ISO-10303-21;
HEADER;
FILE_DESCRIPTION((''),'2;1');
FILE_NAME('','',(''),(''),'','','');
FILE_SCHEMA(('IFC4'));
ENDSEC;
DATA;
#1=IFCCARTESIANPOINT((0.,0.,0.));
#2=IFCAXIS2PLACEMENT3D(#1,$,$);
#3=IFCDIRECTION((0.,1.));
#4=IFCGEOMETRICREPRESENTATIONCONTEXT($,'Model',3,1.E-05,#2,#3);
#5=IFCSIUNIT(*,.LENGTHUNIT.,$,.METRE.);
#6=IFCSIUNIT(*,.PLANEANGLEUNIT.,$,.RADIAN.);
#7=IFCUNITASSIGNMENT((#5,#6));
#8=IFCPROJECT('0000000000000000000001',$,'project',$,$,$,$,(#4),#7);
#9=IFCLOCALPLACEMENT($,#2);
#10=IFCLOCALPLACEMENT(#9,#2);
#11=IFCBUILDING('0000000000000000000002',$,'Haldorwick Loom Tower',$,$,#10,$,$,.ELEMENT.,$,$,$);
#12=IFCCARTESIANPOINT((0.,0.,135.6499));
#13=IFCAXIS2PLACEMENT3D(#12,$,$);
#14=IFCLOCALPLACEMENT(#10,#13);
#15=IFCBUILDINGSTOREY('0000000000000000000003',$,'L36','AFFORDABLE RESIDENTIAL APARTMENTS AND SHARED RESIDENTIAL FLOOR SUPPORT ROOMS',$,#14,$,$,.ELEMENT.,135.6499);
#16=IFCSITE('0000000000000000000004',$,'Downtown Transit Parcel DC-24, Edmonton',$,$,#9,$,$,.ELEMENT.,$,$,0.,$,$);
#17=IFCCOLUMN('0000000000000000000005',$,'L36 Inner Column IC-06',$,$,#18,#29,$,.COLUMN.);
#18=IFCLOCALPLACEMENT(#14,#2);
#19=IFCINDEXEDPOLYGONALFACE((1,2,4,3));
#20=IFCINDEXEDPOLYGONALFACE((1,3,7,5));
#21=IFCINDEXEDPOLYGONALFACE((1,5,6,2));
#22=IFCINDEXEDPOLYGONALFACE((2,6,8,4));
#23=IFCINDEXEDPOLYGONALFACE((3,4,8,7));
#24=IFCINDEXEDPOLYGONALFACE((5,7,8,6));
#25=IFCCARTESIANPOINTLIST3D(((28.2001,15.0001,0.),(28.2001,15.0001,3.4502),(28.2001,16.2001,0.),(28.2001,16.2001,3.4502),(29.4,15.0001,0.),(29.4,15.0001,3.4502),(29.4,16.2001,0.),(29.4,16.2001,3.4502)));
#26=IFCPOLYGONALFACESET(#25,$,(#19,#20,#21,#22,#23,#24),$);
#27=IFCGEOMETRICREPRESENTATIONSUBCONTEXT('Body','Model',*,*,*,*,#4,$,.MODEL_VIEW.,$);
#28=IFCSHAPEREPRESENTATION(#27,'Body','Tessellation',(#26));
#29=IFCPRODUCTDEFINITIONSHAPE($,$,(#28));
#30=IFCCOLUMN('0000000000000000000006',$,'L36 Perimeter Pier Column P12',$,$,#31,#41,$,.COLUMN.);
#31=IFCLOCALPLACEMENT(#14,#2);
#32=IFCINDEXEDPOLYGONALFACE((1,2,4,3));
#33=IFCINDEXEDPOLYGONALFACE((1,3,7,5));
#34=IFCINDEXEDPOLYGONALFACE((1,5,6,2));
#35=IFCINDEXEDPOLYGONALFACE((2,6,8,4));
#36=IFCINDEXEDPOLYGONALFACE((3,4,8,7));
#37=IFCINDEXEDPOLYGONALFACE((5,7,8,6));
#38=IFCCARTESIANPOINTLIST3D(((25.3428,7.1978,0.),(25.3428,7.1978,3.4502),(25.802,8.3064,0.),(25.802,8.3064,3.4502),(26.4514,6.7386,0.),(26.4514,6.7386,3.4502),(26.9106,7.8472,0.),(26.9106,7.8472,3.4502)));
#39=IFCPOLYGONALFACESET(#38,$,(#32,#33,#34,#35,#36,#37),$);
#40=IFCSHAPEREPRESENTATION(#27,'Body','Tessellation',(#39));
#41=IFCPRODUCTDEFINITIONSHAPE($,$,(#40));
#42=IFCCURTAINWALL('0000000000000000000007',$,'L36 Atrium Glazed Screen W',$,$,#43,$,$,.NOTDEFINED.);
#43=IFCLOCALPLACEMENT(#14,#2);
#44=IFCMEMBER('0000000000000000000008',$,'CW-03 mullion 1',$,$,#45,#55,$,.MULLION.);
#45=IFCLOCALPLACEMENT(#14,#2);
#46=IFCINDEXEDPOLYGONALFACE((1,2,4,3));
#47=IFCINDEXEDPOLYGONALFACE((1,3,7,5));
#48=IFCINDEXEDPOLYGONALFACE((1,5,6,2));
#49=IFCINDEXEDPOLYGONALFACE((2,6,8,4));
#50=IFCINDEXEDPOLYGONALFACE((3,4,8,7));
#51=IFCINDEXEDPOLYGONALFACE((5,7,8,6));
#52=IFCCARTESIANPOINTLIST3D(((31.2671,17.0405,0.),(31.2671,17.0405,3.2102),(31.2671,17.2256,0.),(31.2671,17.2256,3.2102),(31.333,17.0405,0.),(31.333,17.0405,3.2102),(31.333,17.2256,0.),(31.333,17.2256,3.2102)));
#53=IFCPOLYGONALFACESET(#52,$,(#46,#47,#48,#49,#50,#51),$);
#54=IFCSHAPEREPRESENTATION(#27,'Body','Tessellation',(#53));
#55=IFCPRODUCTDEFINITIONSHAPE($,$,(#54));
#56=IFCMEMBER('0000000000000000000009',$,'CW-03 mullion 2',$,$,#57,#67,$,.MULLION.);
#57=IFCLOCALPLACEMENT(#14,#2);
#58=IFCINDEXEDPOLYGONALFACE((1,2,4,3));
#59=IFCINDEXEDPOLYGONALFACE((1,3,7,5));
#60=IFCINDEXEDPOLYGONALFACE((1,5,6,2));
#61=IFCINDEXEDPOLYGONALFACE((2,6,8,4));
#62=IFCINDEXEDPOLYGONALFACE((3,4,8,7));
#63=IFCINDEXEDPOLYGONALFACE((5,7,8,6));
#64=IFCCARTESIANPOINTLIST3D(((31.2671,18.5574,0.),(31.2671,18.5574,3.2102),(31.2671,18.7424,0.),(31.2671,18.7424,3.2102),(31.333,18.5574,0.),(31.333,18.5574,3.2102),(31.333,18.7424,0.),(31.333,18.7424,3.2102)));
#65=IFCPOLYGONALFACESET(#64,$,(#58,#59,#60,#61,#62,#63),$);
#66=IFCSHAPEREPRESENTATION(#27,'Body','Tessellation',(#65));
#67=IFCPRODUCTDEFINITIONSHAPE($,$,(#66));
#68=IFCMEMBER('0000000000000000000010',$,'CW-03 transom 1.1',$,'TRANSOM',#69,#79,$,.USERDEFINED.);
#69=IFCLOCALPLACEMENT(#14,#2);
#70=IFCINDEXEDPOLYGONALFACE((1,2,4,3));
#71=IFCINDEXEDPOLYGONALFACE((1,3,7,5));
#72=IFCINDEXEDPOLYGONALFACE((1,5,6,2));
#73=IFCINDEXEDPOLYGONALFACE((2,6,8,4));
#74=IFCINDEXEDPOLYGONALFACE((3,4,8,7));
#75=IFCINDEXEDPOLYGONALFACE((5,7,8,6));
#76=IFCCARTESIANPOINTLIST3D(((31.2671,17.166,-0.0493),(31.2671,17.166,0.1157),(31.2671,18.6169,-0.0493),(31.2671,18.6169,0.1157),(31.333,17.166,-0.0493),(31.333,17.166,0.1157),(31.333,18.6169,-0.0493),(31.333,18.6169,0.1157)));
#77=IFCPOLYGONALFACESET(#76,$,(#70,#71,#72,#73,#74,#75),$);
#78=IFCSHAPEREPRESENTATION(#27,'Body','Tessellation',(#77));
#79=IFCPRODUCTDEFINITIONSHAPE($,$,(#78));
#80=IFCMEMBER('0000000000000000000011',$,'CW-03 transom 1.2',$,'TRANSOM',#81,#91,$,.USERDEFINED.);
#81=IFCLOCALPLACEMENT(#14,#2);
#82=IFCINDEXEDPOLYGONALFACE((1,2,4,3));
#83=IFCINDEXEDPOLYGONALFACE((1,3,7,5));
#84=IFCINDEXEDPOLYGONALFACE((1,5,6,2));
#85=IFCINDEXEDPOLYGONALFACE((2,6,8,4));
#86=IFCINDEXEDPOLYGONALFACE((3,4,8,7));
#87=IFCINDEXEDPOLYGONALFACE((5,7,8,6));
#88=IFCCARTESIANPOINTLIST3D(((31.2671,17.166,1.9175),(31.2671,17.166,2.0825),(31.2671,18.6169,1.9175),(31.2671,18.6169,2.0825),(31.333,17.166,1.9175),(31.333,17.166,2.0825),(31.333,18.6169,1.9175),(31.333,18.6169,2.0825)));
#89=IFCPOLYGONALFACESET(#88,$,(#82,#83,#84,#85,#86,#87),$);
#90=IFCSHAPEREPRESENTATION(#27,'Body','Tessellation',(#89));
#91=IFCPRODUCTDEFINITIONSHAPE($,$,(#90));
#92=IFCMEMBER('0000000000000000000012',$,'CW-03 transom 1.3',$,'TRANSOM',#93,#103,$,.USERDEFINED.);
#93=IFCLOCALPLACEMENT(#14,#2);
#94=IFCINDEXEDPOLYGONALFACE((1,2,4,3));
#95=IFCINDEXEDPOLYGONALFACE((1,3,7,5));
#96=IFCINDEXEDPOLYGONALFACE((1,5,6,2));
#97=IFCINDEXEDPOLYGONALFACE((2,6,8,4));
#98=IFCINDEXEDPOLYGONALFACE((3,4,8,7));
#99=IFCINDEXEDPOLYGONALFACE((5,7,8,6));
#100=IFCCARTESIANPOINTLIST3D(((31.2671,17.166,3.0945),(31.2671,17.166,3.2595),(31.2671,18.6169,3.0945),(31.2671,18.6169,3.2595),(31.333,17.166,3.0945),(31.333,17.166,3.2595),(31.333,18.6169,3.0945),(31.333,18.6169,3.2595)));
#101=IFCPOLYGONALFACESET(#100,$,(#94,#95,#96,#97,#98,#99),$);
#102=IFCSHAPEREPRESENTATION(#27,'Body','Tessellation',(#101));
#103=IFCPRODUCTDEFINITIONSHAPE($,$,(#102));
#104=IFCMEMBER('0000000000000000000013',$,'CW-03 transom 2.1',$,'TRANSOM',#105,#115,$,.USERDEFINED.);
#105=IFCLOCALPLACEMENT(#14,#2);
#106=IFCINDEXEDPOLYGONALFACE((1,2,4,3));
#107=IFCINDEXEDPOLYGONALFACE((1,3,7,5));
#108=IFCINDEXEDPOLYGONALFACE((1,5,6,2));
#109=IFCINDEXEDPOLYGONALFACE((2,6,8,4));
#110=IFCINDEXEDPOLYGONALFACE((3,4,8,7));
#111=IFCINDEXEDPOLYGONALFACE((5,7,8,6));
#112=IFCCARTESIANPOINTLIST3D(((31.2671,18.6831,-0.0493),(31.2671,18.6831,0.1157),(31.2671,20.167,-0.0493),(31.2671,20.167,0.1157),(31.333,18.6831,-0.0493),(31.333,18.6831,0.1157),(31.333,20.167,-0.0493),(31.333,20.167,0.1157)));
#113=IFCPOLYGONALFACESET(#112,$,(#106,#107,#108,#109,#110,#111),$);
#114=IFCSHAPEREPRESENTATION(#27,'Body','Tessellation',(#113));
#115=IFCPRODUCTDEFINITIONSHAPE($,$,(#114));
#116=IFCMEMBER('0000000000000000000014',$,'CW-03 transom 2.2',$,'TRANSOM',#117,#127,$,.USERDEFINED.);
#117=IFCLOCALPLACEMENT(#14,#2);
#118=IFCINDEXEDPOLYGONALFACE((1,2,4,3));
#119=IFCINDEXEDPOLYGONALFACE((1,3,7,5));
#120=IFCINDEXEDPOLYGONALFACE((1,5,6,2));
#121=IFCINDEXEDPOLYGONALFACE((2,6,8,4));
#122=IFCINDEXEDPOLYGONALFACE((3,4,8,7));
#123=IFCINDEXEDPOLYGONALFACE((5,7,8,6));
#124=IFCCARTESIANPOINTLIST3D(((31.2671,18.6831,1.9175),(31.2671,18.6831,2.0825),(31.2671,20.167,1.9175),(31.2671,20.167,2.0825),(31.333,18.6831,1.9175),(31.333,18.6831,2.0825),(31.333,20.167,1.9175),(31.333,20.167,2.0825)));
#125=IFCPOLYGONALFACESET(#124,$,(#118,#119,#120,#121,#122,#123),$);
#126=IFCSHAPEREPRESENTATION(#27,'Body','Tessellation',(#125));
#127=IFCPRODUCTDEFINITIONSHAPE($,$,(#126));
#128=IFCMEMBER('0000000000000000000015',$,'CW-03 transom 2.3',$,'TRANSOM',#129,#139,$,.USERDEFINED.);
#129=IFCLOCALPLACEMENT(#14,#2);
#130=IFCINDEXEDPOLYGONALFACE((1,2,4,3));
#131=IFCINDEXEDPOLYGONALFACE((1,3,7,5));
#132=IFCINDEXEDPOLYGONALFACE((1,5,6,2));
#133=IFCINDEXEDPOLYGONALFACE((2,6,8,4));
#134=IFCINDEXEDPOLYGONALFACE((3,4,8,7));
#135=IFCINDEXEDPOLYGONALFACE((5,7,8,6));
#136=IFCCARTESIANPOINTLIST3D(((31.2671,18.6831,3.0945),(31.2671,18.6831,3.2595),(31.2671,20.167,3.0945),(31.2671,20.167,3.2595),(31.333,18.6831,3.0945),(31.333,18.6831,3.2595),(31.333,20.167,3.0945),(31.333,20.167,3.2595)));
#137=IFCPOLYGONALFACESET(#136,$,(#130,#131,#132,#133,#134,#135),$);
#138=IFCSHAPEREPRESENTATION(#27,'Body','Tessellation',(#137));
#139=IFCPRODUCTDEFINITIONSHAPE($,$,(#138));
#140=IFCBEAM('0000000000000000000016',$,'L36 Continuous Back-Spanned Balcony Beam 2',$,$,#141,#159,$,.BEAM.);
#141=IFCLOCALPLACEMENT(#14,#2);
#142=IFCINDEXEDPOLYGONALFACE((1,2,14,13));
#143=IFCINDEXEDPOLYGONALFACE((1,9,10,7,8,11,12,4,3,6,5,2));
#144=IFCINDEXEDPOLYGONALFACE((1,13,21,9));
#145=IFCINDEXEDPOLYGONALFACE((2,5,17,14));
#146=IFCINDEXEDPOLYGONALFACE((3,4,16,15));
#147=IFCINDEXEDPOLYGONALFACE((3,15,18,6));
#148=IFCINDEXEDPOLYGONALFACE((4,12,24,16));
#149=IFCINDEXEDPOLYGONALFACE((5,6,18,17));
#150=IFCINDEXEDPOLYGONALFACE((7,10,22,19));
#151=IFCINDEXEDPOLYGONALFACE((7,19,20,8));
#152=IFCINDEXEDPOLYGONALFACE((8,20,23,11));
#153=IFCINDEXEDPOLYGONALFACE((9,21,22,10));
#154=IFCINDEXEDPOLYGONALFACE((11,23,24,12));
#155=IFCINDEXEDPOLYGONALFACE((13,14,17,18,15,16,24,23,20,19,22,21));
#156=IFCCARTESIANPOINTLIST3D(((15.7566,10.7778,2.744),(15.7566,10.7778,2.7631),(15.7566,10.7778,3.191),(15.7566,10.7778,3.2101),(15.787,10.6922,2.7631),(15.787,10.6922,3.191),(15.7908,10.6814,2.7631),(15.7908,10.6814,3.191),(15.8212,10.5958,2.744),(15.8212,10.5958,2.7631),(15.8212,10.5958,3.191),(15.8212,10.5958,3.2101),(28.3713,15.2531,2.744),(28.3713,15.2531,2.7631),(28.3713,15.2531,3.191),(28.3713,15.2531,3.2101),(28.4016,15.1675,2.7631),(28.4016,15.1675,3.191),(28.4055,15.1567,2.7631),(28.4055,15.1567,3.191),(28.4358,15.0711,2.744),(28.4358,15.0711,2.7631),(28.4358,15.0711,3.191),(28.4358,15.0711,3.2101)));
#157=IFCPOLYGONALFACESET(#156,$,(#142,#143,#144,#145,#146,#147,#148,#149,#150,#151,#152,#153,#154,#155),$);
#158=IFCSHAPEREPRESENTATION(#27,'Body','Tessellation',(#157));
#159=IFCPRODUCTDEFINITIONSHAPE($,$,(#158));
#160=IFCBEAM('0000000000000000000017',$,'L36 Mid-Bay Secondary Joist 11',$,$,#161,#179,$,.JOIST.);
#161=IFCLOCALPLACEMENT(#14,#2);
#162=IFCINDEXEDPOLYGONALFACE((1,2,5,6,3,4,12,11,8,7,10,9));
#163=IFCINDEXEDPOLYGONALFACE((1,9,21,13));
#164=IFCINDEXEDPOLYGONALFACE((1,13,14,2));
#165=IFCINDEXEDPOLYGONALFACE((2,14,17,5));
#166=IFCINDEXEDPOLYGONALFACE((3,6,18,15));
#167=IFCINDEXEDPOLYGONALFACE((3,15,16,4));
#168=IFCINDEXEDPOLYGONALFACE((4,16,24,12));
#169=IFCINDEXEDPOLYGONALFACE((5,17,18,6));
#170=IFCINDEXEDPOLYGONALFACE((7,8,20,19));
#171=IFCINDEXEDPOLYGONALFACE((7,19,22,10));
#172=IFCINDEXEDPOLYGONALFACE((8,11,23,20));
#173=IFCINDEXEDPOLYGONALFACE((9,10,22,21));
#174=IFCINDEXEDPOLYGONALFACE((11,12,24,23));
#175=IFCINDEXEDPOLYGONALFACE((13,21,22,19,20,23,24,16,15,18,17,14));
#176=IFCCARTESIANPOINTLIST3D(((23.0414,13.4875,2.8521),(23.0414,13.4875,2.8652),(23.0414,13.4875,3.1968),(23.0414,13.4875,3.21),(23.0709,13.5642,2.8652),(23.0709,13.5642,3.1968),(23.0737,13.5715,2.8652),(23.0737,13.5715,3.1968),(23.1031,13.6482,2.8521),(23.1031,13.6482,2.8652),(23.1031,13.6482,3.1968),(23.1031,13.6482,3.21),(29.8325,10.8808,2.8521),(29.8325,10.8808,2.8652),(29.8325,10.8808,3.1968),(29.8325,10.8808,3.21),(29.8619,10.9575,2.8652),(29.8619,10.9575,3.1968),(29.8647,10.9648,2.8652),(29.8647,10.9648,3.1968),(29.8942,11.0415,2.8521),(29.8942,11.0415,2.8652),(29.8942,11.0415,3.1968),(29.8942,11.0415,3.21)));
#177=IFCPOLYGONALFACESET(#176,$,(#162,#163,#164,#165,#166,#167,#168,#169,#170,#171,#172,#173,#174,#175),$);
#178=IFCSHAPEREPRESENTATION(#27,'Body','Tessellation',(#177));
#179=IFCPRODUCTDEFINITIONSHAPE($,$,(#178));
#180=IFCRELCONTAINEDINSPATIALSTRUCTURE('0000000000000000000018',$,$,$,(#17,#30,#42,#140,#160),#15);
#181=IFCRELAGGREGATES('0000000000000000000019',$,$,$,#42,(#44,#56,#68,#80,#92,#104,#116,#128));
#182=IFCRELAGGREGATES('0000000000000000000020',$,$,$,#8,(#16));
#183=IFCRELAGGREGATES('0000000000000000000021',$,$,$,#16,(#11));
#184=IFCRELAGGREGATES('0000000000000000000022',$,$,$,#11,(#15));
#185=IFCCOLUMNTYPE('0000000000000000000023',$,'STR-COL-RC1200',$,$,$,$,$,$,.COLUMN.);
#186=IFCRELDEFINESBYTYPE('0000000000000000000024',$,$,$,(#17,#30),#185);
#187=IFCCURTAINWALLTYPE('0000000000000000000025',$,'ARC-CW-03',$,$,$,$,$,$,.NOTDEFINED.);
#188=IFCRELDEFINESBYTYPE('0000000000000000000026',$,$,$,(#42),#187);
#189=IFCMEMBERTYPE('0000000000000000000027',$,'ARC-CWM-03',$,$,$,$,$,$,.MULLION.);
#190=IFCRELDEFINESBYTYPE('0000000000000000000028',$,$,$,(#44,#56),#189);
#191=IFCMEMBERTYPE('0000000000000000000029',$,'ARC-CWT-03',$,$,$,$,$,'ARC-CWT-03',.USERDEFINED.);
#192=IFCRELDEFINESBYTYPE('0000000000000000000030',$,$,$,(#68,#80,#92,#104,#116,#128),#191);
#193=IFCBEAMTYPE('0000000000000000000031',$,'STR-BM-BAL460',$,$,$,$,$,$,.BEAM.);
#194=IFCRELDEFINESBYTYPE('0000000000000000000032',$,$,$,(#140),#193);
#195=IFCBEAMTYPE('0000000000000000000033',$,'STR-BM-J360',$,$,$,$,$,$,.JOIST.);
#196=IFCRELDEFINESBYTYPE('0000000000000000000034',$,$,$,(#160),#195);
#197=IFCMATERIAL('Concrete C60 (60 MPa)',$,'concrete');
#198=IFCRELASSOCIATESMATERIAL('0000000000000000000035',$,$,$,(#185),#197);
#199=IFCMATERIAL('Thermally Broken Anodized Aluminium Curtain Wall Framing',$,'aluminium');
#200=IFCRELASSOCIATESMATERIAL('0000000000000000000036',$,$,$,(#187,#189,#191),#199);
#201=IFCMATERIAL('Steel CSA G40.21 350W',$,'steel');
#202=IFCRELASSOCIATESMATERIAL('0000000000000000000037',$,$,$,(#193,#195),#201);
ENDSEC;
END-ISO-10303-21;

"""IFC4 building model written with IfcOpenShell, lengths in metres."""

from ifc_helpers import new_model, si_unit, direction, frame, origin, origin_2d, place, context, subcontext, project, spatial, rectangle, i_section, extrude, material, material_profile, profile_set, type_object, element, aggregate, save


model = new_model("IFC4")

# Units and contexts
model_context = context("Model", 3, precision=1e-05, world=origin(), true_north=direction((0.0, 1.0)))
body_context = subcontext(model_context, "Body", "Model", "MODEL_VIEW")
ifc_project = project(units=[si_unit("LENGTHUNIT", "METRE"), si_unit("PLANEANGLEUNIT", "RADIAN")], contexts=[model_context])

# Site, building, storey
site_placement = place(None, origin())
site = spatial("IfcSite", under=ifc_project, at=site_placement, Name="Downtown Transit Parcel DC-24, Edmonton", CompositionType="ELEMENT", RefElevation=0.0)
building_placement = place(site_placement, origin())
building = spatial("IfcBuilding", under=site, at=building_placement, Name="Haldorwick Loom Tower", CompositionType="ELEMENT")
storey_placement = place(building_placement, frame((0.0, 0.0, 135.6499)))
storey = spatial("IfcBuildingStorey", under=building, at=storey_placement, Name="L36", Description="AFFORDABLE RESIDENTIAL APARTMENTS AND SHARED RESIDENTIAL FLOOR SUPPORT ROOMS", CompositionType="ELEMENT", Elevation=135.6499)

# Columns
ifc_material_1 = material(Name="Concrete C60 (60 MPa)", Category="concrete")
ifc_material_profile_1 = material_profile(ifc_material_1, rectangle(XDim=1.2, YDim=1.2, at=origin_2d()), Name="RC1200X1200", Category="concrete")
ifc_profile_set_1 = profile_set([ifc_material_profile_1], Name="Concrete C60 (60 MPa)")
column_type = type_object("IfcColumnType", Name="STR-COL-RC1200", PredefinedType="COLUMN", material=ifc_profile_set_1)
for number, where, z_axis, x_axis, name in (
    (1, (28.8, 15.6001, 0.0), (0.0, 0.0, 1.0), (1.0, 0.0, 0.0), "L36 Inner Column IC-06"),
    (2, (26.1267, 7.5225, 0.0), (0.0, 0.0, 1.0), (-0.382683, -0.92388, 0.0), "L36 Perimeter Pier Column P12"),
):
    element("IfcColumn", number, at=place(storey_placement, frame(where, z_axis=z_axis, x_axis=x_axis)), inside=storey, type_object=column_type, Name=name, PredefinedType="COLUMN", context=body_context, shape_type="SweptSolid", body=[
        extrude(rectangle(XDim=1.2, YDim=1.2, at=origin_2d()), origin(), (0.0, 0.0, 1.0), 3.4502),
    ])

# Curtain wall, members
ifc_material_2 = material(Name="Thermally Broken Anodized Aluminium Curtain Wall Framing", Category="aluminium")
curtain_wall_type = type_object("IfcCurtainWallType", Name="ARC-CW-03", PredefinedType="NOTDEFINED", material=ifc_material_2)
curtain_wall_placement = place(storey_placement, origin())
curtain_wall = element("IfcCurtainWall", 3, at=curtain_wall_placement, inside=storey, type_object=curtain_wall_type, Name="L36 Atrium Glazed Screen W", PredefinedType="NOTDEFINED")
ifc_material_profile_2 = material_profile(ifc_material_2, rectangle(XDim=0.0659, YDim=0.1851, at=origin_2d()), Name="ALU_MUL_66X185", Category="aluminium")
ifc_profile_set_2 = profile_set([ifc_material_profile_2], Name="Thermally Broken Anodized Aluminium Curtain Wall Framing")
member_type_1 = type_object("IfcMemberType", Name="ARC-CWM-03", PredefinedType="MULLION", material=ifc_profile_set_2)
member_1_placement = place(storey_placement, frame((31.3, 17.1331, 0.0), z_axis=(0.0, 0.0, 1.0), x_axis=(-1.0, 0.0, 0.0)))
member_1 = element("IfcMember", 4, at=member_1_placement, type_object=member_type_1, Name="CW-03 mullion 1", PredefinedType="MULLION", context=body_context, shape_type="SweptSolid", body=[
    extrude(rectangle(XDim=0.0659, YDim=0.1851, at=origin_2d()), origin(), (0.0, 0.0, 1.0), 3.2102),
])
member_2_placement = place(storey_placement, frame((31.3, 18.6499, 0.0), z_axis=(0.0, 0.0, 1.0), x_axis=(-1.0, 0.0, 0.0)))
member_2 = element("IfcMember", 5, at=member_2_placement, type_object=member_type_1, Name="CW-03 mullion 2", PredefinedType="MULLION", context=body_context, shape_type="SweptSolid", body=[
    extrude(rectangle(XDim=0.0659, YDim=0.1851, at=origin_2d()), origin(), (0.0, 0.0, 1.0), 3.2102),
])
ifc_material_profile_3 = material_profile(ifc_material_2, rectangle(XDim=0.0659, YDim=0.165, at=origin_2d()), Name="ALU_TRN_66X165", Category="aluminium")
ifc_profile_set_3 = profile_set([ifc_material_profile_3], Name="Thermally Broken Anodized Aluminium Curtain Wall Framing")
member_type_2 = type_object("IfcMemberType", Name="ARC-CWT-03", ElementType="ARC-CWT-03", PredefinedType="USERDEFINED", material=ifc_profile_set_3)
member_3_placement = place(storey_placement, frame((31.3, 17.166, 0.0332), z_axis=(0.0, 1.0, 0.0), x_axis=(-1.0, 0.0, 0.0)))
member_3 = element("IfcMember", 6, at=member_3_placement, type_object=member_type_2, Name="CW-03 transom 1.1", ObjectType="TRANSOM", PredefinedType="USERDEFINED", context=body_context, shape_type="SweptSolid", body=[
    extrude(rectangle(XDim=0.0659, YDim=0.165, at=origin_2d()), origin(), (0.0, 0.0, 1.0), 1.4509),
])
member_4_placement = place(storey_placement, frame((31.3, 17.166, 2.0), z_axis=(0.0, 1.0, 0.0), x_axis=(-1.0, 0.0, 0.0)))
member_4 = element("IfcMember", 7, at=member_4_placement, type_object=member_type_2, Name="CW-03 transom 1.2", ObjectType="TRANSOM", PredefinedType="USERDEFINED", context=body_context, shape_type="SweptSolid", body=[
    extrude(rectangle(XDim=0.0659, YDim=0.165, at=origin_2d()), origin(), (0.0, 0.0, 1.0), 1.4509),
])
member_5_placement = place(storey_placement, frame((31.3, 17.166, 3.177), z_axis=(0.0, 1.0, 0.0), x_axis=(-1.0, 0.0, 0.0)))
member_5 = element("IfcMember", 8, at=member_5_placement, type_object=member_type_2, Name="CW-03 transom 1.3", ObjectType="TRANSOM", PredefinedType="USERDEFINED", context=body_context, shape_type="SweptSolid", body=[
    extrude(rectangle(XDim=0.0659, YDim=0.165, at=origin_2d()), origin(), (0.0, 0.0, 1.0), 1.4509),
])
member_6_placement = place(storey_placement, frame((31.3, 18.6831, 0.0332), z_axis=(0.0, 1.0, 0.0), x_axis=(-1.0, 0.0, 0.0)))
member_6 = element("IfcMember", 9, at=member_6_placement, type_object=member_type_2, Name="CW-03 transom 2.1", ObjectType="TRANSOM", PredefinedType="USERDEFINED", context=body_context, shape_type="SweptSolid", body=[
    extrude(rectangle(XDim=0.0659, YDim=0.165, at=origin_2d()), origin(), (0.0, 0.0, 1.0), 1.4839),
])
member_7_placement = place(storey_placement, frame((31.3, 18.6831, 2.0), z_axis=(0.0, 1.0, 0.0), x_axis=(-1.0, 0.0, 0.0)))
member_7 = element("IfcMember", 10, at=member_7_placement, type_object=member_type_2, Name="CW-03 transom 2.2", ObjectType="TRANSOM", PredefinedType="USERDEFINED", context=body_context, shape_type="SweptSolid", body=[
    extrude(rectangle(XDim=0.0659, YDim=0.165, at=origin_2d()), origin(), (0.0, 0.0, 1.0), 1.4839),
])
member_8_placement = place(storey_placement, frame((31.3, 18.6831, 3.177), z_axis=(0.0, 1.0, 0.0), x_axis=(-1.0, 0.0, 0.0)))
member_8 = element("IfcMember", 11, at=member_8_placement, type_object=member_type_2, Name="CW-03 transom 2.3", ObjectType="TRANSOM", PredefinedType="USERDEFINED", context=body_context, shape_type="SweptSolid", body=[
    extrude(rectangle(XDim=0.0659, YDim=0.165, at=origin_2d()), origin(), (0.0, 0.0, 1.0), 1.4839),
])

# Beams
ifc_material_3 = material(Name="Steel CSA G40.21 350W", Category="steel")
ifc_material_profile_4 = material_profile(ifc_material_3, i_section(OverallWidth=0.1931, OverallDepth=0.4661, WebThickness=0.0115, FlangeThickness=0.019, at=origin_2d()), Name="W460X97", Category="steel")
ifc_profile_set_4 = profile_set([ifc_material_profile_4], Name="Steel CSA G40.21 350W")
beam_type_1 = type_object("IfcBeamType", Name="STR-BM-BAL460", PredefinedType="BEAM", material=ifc_profile_set_4)
beam_1_placement = place(storey_placement, frame((28.4036, 15.1621, 2.9771), z_axis=(-0.942448, -0.334353, 0.0), x_axis=(0.334353, -0.942448, 0.0)))
element("IfcBeam", 12, at=beam_1_placement, inside=storey, type_object=beam_type_1, Name="L36 Continuous Back-Spanned Balcony Beam 2", PredefinedType="BEAM", context=body_context, shape_type="SweptSolid", body=[
    extrude(i_section(OverallWidth=0.1931, OverallDepth=0.4661, WebThickness=0.0115, FlangeThickness=0.019, at=origin_2d()), origin(), (0.0, 0.0, 1.0), 13.385),
])
ifc_material_profile_5 = material_profile(ifc_material_3, i_section(OverallWidth=0.1721, OverallDepth=0.3579, WebThickness=0.0078, FlangeThickness=0.0132, at=origin_2d()), Name="W360X57", Category="steel")
ifc_profile_set_5 = profile_set([ifc_material_profile_5], Name="Steel CSA G40.21 350W")
beam_type_2 = type_object("IfcBeamType", Name="STR-BM-J360", PredefinedType="JOIST", material=ifc_profile_set_5)
beam_2_placement = place(storey_placement, frame((23.0723, 13.5679, 3.031), z_axis=(0.933587, -0.358352, 0.0), x_axis=(0.358352, 0.933587, 0.0)))
element("IfcBeam", 13, at=beam_2_placement, inside=storey, type_object=beam_type_2, Name="L36 Mid-Bay Secondary Joist 11", PredefinedType="JOIST", context=body_context, shape_type="SweptSolid", body=[
    extrude(i_section(OverallWidth=0.1721, OverallDepth=0.3579, WebThickness=0.0078, FlangeThickness=0.0132, at=origin_2d()), origin(), (0.0, 0.0, 1.0), 7.2742),
])

aggregate(curtain_wall, [member_1, member_2, member_3, member_4, member_5, member_6, member_7, member_8])

save(model, "model.ifc")
